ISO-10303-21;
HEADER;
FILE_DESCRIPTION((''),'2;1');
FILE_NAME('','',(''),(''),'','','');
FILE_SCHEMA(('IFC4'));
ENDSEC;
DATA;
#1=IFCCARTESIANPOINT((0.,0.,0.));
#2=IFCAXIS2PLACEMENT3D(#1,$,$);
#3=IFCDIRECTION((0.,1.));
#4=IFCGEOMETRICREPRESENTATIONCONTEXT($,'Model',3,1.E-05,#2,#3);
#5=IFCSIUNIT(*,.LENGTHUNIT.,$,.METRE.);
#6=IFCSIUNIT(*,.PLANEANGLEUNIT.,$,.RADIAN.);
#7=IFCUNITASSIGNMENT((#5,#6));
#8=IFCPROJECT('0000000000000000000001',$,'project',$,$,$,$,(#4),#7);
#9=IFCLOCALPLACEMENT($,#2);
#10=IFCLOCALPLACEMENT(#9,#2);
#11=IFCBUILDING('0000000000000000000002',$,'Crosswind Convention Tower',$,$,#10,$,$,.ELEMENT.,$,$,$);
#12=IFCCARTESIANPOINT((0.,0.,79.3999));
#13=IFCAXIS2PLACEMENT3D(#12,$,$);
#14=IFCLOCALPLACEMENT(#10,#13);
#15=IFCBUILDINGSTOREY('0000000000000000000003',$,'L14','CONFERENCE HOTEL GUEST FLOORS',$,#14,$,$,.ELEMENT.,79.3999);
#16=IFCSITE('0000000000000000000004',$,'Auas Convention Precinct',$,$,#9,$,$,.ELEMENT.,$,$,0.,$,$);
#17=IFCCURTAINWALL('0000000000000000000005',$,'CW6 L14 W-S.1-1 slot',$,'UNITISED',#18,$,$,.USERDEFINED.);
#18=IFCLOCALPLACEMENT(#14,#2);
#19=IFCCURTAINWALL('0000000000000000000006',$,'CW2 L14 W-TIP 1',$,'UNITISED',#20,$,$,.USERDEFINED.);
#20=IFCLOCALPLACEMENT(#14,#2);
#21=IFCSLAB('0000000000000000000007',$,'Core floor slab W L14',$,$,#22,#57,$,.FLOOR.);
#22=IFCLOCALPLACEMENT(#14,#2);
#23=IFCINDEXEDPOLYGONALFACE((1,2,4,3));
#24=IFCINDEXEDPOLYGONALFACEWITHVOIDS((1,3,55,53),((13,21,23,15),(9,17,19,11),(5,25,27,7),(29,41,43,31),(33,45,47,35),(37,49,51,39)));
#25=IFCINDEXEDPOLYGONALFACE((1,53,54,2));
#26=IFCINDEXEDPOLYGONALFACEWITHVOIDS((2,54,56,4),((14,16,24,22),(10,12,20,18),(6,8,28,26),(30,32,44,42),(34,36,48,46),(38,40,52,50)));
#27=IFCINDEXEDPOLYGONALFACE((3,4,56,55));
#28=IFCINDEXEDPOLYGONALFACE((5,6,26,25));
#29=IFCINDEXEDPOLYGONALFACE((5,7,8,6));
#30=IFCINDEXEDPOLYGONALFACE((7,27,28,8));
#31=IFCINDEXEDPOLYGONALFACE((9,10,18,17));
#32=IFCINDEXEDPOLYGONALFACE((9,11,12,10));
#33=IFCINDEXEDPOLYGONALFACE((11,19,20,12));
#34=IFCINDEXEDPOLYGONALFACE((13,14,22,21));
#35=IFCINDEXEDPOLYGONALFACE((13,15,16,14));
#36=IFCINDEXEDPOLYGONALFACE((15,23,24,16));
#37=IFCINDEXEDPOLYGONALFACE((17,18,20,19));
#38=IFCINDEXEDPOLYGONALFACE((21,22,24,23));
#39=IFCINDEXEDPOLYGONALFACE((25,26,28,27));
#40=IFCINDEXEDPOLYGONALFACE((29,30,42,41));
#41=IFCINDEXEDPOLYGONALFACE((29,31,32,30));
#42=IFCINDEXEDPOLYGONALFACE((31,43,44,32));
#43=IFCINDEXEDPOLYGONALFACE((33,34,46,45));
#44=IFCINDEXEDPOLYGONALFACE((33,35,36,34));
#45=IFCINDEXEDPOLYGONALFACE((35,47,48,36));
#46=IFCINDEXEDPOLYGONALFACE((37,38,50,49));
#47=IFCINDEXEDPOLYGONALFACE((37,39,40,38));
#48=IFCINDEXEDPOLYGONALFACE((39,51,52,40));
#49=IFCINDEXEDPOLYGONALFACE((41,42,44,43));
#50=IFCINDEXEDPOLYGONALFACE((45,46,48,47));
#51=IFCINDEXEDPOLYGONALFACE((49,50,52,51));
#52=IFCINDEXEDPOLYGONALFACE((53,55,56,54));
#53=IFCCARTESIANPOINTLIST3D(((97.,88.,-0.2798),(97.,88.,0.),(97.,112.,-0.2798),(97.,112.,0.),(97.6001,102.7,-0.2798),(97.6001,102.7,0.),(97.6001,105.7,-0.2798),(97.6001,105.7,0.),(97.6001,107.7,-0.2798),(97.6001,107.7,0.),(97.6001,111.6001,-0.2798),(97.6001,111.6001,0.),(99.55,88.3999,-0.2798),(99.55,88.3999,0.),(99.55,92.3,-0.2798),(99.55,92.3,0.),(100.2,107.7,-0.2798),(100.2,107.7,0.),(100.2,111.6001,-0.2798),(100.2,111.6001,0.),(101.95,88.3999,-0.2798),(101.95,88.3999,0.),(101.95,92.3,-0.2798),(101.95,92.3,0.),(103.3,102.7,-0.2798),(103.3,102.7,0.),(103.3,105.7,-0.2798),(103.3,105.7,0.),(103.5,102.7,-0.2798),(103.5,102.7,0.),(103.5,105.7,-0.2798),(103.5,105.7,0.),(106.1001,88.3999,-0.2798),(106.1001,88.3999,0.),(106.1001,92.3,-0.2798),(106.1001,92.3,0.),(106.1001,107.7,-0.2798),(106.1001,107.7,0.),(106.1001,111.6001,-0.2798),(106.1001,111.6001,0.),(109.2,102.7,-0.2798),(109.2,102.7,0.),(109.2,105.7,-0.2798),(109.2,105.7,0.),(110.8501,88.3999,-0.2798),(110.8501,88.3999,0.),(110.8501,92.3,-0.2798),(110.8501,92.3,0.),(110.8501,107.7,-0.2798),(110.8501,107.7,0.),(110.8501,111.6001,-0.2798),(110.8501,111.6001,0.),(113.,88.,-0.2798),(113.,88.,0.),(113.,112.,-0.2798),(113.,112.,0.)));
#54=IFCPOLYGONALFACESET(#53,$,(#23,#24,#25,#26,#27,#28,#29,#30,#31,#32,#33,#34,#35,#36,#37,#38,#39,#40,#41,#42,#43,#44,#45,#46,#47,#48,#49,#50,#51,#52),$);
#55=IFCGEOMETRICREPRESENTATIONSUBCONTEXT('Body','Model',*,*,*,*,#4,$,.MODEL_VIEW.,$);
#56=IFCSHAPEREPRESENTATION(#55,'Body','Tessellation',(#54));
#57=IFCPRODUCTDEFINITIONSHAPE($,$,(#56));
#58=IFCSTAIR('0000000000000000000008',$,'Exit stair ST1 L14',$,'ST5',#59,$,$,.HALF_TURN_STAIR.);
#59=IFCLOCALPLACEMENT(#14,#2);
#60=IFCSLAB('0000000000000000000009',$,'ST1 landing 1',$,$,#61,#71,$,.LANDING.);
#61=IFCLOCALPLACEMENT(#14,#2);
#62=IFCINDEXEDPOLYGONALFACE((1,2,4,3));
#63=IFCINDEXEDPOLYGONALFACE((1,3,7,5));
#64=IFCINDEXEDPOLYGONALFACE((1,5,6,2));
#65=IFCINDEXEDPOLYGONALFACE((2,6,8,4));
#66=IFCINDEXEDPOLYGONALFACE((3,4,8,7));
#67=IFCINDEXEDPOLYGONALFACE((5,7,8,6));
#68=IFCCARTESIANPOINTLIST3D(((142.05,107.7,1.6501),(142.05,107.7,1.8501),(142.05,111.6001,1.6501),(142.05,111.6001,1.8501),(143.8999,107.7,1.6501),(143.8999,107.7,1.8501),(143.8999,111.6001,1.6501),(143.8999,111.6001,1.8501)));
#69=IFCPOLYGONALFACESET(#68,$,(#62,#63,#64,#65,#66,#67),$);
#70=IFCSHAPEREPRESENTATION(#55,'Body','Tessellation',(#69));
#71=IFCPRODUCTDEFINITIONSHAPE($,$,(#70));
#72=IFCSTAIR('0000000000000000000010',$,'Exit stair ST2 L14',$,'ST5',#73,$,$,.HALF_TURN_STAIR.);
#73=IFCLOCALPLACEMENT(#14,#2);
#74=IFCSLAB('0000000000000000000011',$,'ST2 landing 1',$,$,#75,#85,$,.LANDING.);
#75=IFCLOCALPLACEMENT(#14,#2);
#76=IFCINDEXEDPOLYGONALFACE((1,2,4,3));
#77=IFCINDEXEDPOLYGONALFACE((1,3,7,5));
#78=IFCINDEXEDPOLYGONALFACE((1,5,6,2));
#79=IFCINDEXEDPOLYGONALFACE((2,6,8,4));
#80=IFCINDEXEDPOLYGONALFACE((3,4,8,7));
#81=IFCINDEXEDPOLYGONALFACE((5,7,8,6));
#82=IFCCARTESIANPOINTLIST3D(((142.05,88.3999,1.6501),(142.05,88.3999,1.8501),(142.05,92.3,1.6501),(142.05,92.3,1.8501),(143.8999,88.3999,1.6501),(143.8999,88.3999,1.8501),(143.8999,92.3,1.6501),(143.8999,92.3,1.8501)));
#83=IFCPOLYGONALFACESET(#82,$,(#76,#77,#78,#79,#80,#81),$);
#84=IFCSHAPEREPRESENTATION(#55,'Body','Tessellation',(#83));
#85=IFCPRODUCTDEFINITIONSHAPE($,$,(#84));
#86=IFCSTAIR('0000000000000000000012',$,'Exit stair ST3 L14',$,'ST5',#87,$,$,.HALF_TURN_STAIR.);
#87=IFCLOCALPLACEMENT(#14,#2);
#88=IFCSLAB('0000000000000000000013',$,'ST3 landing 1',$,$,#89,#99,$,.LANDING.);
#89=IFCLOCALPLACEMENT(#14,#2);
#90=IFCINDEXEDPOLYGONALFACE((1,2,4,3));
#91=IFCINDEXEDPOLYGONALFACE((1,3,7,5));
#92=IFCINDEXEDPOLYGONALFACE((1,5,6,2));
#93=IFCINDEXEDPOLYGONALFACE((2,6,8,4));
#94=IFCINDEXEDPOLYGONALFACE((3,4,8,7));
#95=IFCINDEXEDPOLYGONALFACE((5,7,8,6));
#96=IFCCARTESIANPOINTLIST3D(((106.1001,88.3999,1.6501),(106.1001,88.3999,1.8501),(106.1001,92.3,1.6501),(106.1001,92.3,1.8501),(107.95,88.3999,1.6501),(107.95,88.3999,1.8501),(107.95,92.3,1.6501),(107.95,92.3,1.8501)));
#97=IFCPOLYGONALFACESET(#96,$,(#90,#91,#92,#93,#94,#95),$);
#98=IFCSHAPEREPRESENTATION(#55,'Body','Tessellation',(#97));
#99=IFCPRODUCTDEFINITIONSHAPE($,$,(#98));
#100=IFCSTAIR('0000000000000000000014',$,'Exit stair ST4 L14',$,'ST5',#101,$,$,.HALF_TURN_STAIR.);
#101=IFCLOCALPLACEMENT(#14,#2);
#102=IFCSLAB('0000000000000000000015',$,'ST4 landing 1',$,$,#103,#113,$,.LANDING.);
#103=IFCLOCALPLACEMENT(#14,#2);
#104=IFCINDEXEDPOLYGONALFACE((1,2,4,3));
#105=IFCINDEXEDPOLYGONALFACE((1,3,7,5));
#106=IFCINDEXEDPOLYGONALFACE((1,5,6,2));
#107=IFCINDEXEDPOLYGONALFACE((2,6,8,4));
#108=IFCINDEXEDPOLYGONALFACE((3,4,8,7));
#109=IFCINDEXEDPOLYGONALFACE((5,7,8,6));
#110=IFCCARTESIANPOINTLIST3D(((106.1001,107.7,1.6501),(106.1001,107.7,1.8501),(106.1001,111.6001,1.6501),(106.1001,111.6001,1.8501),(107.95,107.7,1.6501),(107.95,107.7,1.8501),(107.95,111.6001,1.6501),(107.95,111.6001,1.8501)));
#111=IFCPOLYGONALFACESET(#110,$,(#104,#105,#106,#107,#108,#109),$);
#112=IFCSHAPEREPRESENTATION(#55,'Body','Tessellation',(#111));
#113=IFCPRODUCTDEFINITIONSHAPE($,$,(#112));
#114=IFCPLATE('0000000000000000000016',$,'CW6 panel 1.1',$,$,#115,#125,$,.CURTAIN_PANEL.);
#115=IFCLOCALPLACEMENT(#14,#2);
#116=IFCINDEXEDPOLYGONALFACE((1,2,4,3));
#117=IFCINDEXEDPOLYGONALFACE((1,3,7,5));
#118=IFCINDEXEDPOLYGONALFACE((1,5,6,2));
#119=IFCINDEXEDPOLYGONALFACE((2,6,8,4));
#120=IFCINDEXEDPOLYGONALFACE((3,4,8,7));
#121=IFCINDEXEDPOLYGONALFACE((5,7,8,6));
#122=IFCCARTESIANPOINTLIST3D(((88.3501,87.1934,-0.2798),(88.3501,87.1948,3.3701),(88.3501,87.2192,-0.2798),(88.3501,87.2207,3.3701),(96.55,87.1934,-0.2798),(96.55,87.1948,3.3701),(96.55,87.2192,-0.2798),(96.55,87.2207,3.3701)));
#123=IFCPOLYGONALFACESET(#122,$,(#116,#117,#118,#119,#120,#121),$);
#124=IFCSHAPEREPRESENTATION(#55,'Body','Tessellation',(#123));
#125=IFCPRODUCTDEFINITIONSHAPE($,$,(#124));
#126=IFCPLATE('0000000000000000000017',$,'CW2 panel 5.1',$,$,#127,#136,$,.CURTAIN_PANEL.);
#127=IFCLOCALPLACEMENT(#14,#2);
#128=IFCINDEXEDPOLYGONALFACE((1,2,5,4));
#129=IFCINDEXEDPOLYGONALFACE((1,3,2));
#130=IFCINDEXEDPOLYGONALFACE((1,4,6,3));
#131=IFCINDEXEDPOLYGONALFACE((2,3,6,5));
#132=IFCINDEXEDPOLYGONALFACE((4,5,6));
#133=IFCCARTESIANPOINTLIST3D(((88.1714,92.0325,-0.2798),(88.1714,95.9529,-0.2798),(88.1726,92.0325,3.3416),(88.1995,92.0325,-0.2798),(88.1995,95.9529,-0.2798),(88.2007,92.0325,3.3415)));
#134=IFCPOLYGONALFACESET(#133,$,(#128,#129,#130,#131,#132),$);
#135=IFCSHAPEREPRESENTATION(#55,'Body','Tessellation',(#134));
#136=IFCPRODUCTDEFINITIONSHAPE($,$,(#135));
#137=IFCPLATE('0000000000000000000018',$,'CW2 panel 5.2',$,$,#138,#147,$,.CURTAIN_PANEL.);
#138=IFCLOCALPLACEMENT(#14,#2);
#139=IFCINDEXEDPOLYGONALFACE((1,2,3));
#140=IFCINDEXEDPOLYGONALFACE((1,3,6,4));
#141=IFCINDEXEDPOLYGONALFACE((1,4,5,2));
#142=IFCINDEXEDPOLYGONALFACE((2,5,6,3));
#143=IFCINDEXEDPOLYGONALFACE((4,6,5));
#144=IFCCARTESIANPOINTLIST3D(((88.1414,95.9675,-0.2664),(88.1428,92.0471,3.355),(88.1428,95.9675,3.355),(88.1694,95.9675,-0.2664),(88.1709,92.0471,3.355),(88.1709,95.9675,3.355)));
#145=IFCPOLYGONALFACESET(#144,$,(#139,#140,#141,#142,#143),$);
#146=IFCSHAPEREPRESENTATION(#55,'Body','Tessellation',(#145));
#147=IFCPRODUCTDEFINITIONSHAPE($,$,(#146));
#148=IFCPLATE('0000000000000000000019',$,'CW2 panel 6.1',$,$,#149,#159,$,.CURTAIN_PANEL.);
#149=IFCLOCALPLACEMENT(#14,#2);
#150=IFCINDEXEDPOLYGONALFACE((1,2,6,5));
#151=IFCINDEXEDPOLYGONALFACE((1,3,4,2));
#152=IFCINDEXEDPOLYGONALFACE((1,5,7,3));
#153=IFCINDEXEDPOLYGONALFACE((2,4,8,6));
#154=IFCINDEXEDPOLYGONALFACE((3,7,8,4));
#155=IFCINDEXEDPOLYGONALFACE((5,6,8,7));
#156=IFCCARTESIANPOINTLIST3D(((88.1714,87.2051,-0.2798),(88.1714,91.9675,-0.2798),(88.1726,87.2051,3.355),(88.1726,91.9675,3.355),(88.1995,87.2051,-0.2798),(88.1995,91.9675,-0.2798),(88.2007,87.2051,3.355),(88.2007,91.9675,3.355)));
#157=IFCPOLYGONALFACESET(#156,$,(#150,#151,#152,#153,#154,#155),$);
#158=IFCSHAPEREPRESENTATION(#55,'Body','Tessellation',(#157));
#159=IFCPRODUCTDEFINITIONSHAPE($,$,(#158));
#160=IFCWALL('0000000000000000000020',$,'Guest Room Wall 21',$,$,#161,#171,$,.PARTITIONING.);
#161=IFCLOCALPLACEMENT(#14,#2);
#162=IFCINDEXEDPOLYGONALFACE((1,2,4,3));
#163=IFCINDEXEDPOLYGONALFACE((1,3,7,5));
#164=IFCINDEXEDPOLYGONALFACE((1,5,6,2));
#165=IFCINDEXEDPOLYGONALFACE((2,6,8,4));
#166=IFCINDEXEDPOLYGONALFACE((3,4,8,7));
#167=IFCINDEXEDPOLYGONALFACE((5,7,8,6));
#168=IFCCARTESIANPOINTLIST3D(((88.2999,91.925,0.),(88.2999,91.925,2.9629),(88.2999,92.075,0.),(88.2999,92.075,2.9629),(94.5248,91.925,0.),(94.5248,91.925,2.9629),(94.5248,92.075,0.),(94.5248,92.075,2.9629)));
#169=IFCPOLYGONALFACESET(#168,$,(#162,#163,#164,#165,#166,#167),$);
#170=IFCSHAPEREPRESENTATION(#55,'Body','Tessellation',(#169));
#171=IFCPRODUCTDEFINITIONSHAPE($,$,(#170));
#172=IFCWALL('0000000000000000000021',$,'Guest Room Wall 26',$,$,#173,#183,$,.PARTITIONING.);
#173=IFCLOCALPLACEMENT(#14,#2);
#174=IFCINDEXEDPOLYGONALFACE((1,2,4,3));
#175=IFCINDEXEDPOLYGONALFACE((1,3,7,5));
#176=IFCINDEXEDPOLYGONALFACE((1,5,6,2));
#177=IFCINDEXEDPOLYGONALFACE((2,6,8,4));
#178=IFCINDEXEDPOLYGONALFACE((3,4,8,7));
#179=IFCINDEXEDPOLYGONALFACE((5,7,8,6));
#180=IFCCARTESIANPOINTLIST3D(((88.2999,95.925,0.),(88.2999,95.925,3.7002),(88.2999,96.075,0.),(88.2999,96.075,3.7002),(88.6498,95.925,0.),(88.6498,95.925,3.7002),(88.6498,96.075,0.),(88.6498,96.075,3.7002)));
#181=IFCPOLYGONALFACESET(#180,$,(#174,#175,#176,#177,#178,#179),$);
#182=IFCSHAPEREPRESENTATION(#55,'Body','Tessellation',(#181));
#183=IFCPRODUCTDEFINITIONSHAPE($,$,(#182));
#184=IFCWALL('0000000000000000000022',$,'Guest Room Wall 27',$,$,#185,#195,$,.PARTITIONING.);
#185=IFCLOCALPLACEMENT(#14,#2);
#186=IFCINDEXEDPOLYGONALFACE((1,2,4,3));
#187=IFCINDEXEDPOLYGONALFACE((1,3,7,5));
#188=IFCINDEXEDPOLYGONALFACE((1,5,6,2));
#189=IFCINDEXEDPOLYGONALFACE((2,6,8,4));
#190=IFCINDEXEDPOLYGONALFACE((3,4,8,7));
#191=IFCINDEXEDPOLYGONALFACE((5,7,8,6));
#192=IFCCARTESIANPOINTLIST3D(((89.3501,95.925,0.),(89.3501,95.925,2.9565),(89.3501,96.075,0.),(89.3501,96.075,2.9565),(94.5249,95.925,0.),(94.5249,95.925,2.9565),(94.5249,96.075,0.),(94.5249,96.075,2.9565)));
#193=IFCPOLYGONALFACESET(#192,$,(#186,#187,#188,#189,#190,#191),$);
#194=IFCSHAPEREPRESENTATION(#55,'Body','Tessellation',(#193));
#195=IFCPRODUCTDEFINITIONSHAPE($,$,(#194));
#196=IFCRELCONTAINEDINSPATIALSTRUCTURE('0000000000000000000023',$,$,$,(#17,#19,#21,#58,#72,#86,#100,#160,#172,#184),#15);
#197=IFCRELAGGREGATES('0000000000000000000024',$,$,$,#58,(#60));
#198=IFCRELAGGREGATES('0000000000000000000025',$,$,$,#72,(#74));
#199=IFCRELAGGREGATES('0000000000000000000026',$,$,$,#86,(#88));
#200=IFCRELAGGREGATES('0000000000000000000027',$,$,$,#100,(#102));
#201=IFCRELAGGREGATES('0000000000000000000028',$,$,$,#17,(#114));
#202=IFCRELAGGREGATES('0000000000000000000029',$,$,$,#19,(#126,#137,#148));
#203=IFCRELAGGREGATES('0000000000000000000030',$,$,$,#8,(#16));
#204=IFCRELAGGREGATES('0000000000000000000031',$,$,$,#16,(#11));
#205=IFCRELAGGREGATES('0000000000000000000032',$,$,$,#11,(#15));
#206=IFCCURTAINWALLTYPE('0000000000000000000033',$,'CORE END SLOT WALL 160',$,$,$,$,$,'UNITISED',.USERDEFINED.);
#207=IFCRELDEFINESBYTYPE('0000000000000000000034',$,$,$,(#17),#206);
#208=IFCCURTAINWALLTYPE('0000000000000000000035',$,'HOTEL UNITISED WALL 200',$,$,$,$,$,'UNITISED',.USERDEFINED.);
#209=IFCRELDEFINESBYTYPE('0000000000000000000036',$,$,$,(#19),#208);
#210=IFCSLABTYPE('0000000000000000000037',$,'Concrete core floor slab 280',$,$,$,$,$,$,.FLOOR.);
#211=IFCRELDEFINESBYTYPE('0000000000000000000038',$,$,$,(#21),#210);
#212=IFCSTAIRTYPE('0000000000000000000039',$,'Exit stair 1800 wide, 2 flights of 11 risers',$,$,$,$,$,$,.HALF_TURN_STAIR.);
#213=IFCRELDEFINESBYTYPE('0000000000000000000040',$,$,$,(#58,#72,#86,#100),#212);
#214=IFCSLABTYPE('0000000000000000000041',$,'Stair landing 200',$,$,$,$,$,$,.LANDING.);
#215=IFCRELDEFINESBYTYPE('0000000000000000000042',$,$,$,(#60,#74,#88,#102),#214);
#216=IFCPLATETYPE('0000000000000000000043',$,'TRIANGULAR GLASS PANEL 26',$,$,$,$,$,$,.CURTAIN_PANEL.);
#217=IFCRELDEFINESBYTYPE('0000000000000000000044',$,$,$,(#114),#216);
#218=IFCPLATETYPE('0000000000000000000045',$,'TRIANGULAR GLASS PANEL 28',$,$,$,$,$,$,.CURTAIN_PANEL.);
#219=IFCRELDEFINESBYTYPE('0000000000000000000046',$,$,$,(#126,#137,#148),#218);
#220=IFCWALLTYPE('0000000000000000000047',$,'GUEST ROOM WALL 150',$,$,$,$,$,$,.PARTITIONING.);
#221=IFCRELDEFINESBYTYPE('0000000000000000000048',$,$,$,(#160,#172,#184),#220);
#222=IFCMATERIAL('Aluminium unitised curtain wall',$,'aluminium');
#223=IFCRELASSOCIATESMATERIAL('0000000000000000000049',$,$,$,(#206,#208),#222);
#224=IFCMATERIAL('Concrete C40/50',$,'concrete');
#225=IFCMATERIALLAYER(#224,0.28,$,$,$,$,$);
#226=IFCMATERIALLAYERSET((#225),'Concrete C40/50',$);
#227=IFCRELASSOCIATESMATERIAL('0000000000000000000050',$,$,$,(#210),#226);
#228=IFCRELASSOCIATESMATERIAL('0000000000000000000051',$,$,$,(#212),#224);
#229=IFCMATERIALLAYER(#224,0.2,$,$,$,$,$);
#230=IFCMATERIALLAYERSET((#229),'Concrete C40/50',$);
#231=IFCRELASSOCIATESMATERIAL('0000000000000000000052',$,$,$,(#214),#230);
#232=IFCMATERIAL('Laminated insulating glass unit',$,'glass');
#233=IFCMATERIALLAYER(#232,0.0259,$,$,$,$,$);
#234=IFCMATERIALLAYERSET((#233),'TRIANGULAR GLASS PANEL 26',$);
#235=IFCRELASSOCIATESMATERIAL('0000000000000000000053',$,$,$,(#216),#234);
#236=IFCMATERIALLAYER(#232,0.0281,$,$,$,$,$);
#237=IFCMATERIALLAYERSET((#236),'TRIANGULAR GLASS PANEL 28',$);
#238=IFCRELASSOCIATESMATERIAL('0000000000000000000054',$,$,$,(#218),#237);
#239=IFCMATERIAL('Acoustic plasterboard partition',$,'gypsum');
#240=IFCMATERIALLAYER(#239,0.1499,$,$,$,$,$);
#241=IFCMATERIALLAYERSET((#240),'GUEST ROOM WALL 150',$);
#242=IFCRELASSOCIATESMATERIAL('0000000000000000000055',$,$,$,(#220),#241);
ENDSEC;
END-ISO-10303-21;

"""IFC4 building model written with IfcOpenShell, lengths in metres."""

from ifc_helpers import new_model, si_unit, direction, frame, frame_2d, origin, place, context, subcontext, project, spatial, polyline, rectangle, outline, extrude, material, layer, layer_set, type_object, element, aggregate, save


model = new_model("IFC4")

# Units and contexts
model_context = context("Model", 3, precision=1e-05, world=origin(), true_north=direction((0.0, 1.0)))
body_context = subcontext(model_context, "Body", "Model", "MODEL_VIEW")
ifc_project = project(units=[si_unit("LENGTHUNIT", "METRE"), si_unit("PLANEANGLEUNIT", "RADIAN")], contexts=[model_context])

# Site, building, storey
site_placement = place(None, origin())
site = spatial("IfcSite", under=ifc_project, at=site_placement, Name="Auas Convention Precinct", CompositionType="ELEMENT", RefElevation=0.0)
building_placement = place(site_placement, origin())
building = spatial("IfcBuilding", under=site, at=building_placement, Name="Crosswind Convention Tower", CompositionType="ELEMENT")
storey_placement = place(building_placement, frame((0.0, 0.0, 79.3999)))
storey = spatial("IfcBuildingStorey", under=building, at=storey_placement, Name="L14", Description="CONFERENCE HOTEL GUEST FLOORS", CompositionType="ELEMENT", Elevation=79.3999)

# Curtain wall
ifc_material_1 = material(Name="Aluminium unitised curtain wall", Category="aluminium")
curtain_wall_type_1 = type_object("IfcCurtainWallType", Name="CORE END SLOT WALL 160", ElementType="UNITISED", PredefinedType="USERDEFINED", material=ifc_material_1)
curtain_wall_1_placement = place(storey_placement, origin())
curtain_wall_1 = element("IfcCurtainWall", 1, at=curtain_wall_1_placement, inside=storey, type_object=curtain_wall_type_1, Name="CW6 L14 W-S.1-1 slot", ObjectType="UNITISED", PredefinedType="USERDEFINED")

# Curtain wall
curtain_wall_type_2 = type_object("IfcCurtainWallType", Name="HOTEL UNITISED WALL 200", ElementType="UNITISED", PredefinedType="USERDEFINED", material=ifc_material_1)
curtain_wall_2_placement = place(storey_placement, origin())
curtain_wall_2 = element("IfcCurtainWall", 2, at=curtain_wall_2_placement, inside=storey, type_object=curtain_wall_type_2, Name="CW2 L14 W-TIP 1", ObjectType="UNITISED", PredefinedType="USERDEFINED")

# Slab
ifc_material_2 = material(Name="Concrete C40/50", Category="concrete")
ifc_layer_1 = layer(ifc_material_2, 0.28)
ifc_layer_set_1 = layer_set([ifc_layer_1], Name="Concrete C40/50")
slab_type_1 = type_object("IfcSlabType", Name="Concrete core floor slab 280", PredefinedType="FLOOR", material=ifc_layer_set_1)
slab_1_placement = place(storey_placement, frame((0.0, 0.0, -0.2798)))
element("IfcSlab", 3, at=slab_1_placement, inside=storey, type_object=slab_type_1, Name="Core floor slab W L14", PredefinedType="FLOOR", context=body_context, shape_type="SweptSolid", body=[
    extrude(outline(polyline([(97.0, 88.0), (113.0, 88.0), (113.0, 112.0), (97.0, 112.0), (97.0, 88.0)]), holes=[polyline([(109.2, 102.7), (109.2, 105.7), (103.5, 105.7), (103.5, 102.7), (109.2, 102.7)]), polyline([(103.3, 102.7), (103.3, 105.7), (97.6001, 105.7), (97.6001, 102.7), (103.3, 102.7)]), polyline([(101.95, 88.3999), (101.95, 92.3), (99.55, 92.3), (99.55, 88.3999), (101.95, 88.3999)]), polyline([(100.2, 107.7), (100.2, 111.6001), (97.6001, 111.6001), (97.6001, 107.7), (100.2, 107.7)]), polyline([(110.8501, 88.3999), (110.8501, 92.3), (106.1001, 92.3), (106.1001, 88.3999), (110.8501, 88.3999)]), polyline([(110.8501, 107.7), (110.8501, 111.6001), (106.1001, 111.6001), (106.1001, 107.7), (110.8501, 107.7)])]), origin(), (0.0, 0.0, 1.0), 0.2798),
])

# Stairs, slabs
stair_type = type_object("IfcStairType", Name="Exit stair 1800 wide, 2 flights of 11 risers", PredefinedType="HALF_TURN_STAIR", material=ifc_material_2)
stair_1_placement = place(storey_placement, origin())
stair_1 = element("IfcStair", 4, at=stair_1_placement, inside=storey, type_object=stair_type, Name="Exit stair ST1 L14", ObjectType="ST5", PredefinedType="HALF_TURN_STAIR")
ifc_layer_2 = layer(ifc_material_2, 0.2)
ifc_layer_set_2 = layer_set([ifc_layer_2], Name="Concrete C40/50")
slab_type_2 = type_object("IfcSlabType", Name="Stair landing 200", PredefinedType="LANDING", material=ifc_layer_set_2)
slab_2_placement = place(storey_placement, frame((0.0, 0.0, 1.6501)))
slab_2 = element("IfcSlab", 5, at=slab_2_placement, type_object=slab_type_2, Name="ST1 landing 1", PredefinedType="LANDING", context=body_context, shape_type="SweptSolid", body=[
    extrude(outline(polyline([(143.8999, 107.7), (143.8999, 111.6001), (142.05, 111.6001), (142.05, 107.7), (143.8999, 107.7)])), origin(), (0.0, 0.0, 1.0), 0.2),
])
aggregate(stair_1, [slab_2])
stair_2_placement = place(storey_placement, origin())
stair_2 = element("IfcStair", 6, at=stair_2_placement, inside=storey, type_object=stair_type, Name="Exit stair ST2 L14", ObjectType="ST5", PredefinedType="HALF_TURN_STAIR")
slab_3_placement = place(storey_placement, frame((0.0, 0.0, 1.6501)))
slab_3 = element("IfcSlab", 7, at=slab_3_placement, type_object=slab_type_2, Name="ST2 landing 1", PredefinedType="LANDING", context=body_context, shape_type="SweptSolid", body=[
    extrude(outline(polyline([(143.8999, 88.3999), (143.8999, 92.3), (142.05, 92.3), (142.05, 88.3999), (143.8999, 88.3999)])), origin(), (0.0, 0.0, 1.0), 0.2),
])
aggregate(stair_2, [slab_3])
stair_3_placement = place(storey_placement, origin())
stair_3 = element("IfcStair", 8, at=stair_3_placement, inside=storey, type_object=stair_type, Name="Exit stair ST3 L14", ObjectType="ST5", PredefinedType="HALF_TURN_STAIR")
slab_4_placement = place(storey_placement, frame((0.0, 0.0, 1.6501)))
slab_4 = element("IfcSlab", 9, at=slab_4_placement, type_object=slab_type_2, Name="ST3 landing 1", PredefinedType="LANDING", context=body_context, shape_type="SweptSolid", body=[
    extrude(outline(polyline([(107.95, 88.3999), (107.95, 92.3), (106.1001, 92.3), (106.1001, 88.3999), (107.95, 88.3999)])), origin(), (0.0, 0.0, 1.0), 0.2),
])
aggregate(stair_3, [slab_4])
stair_4_placement = place(storey_placement, origin())
stair_4 = element("IfcStair", 10, at=stair_4_placement, inside=storey, type_object=stair_type, Name="Exit stair ST4 L14", ObjectType="ST5", PredefinedType="HALF_TURN_STAIR")
slab_5_placement = place(storey_placement, frame((0.0, 0.0, 1.6501)))
slab_5 = element("IfcSlab", 11, at=slab_5_placement, type_object=slab_type_2, Name="ST4 landing 1", PredefinedType="LANDING", context=body_context, shape_type="SweptSolid", body=[
    extrude(outline(polyline([(107.95, 107.7), (107.95, 111.6001), (106.1001, 111.6001), (106.1001, 107.7), (107.95, 107.7)])), origin(), (0.0, 0.0, 1.0), 0.2),
])
aggregate(stair_4, [slab_5])

# Plates
ifc_material_3 = material(Name="Laminated insulating glass unit", Category="glass")
ifc_layer_3 = layer(ifc_material_3, 0.0259)
ifc_layer_set_3 = layer_set([ifc_layer_3], Name="TRIANGULAR GLASS PANEL 26")
plate_type_1 = type_object("IfcPlateType", Name="TRIANGULAR GLASS PANEL 26", PredefinedType="CURTAIN_PANEL", material=ifc_layer_set_3)
plate_1_placement = place(storey_placement, frame((88.3501, 87.1934, -0.2798), z_axis=(0.0, -1.0, 0.000401), x_axis=(1.0, 0.0, 0.0)))
plate_1 = element("IfcPlate", 12, at=plate_1_placement, type_object=plate_type_1, Name="CW6 panel 1.1", PredefinedType="CURTAIN_PANEL", context=body_context, shape_type="SweptSolid", body=[
    extrude(outline(polyline([(0.0, 0.0), (8.2, 0.0), (8.2, 3.6499), (0.0, 3.6499), (0.0, 0.0)])), origin(), (0.0, 0.0, -1.0), 0.0259),
])
aggregate(curtain_wall_1, [plate_1])
ifc_layer_4 = layer(ifc_material_3, 0.0281)
ifc_layer_set_4 = layer_set([ifc_layer_4], Name="TRIANGULAR GLASS PANEL 28")
plate_type_2 = type_object("IfcPlateType", Name="TRIANGULAR GLASS PANEL 28", PredefinedType="CURTAIN_PANEL", material=ifc_layer_set_4)
plate_2_placement = place(storey_placement, frame((88.1714, 92.0325, -0.2798), z_axis=(-1.0, 0.0, 0.000337), x_axis=(0.000337, 0.0, 1.0)))
plate_2 = element("IfcPlate", 13, at=plate_2_placement, type_object=plate_type_2, Name="CW2 panel 5.1", PredefinedType="CURTAIN_PANEL", context=body_context, shape_type="SweptSolid", body=[
    extrude(outline(polyline([(0.0, 0.0), (3.6213, 0.0), (0.0, 3.9204), (0.0, 0.0)])), origin(), (0.0, 0.0, -1.0), 0.0281),
])
plate_3_placement = place(storey_placement, frame((88.1428, 95.9675, 3.355), z_axis=(-1.0, 0.0, 0.000405), x_axis=(-0.000405, 0.0, -1.0)))
plate_3 = element("IfcPlate", 14, at=plate_3_placement, type_object=plate_type_2, Name="CW2 panel 5.2", PredefinedType="CURTAIN_PANEL", context=body_context, shape_type="SweptSolid", body=[
    extrude(outline(polyline([(0.0, 0.0), (3.6213, 0.0), (0.0, 3.9204), (0.0, 0.0)])), origin(), (0.0, 0.0, -1.0), 0.0281),
])
plate_4_placement = place(storey_placement, frame((88.1714, 91.9675, -0.2798), z_axis=(-1.0, 0.0, 0.000336), x_axis=(0.0, -1.0, 0.0)))
plate_4 = element("IfcPlate", 15, at=plate_4_placement, type_object=plate_type_2, Name="CW2 panel 6.1", PredefinedType="CURTAIN_PANEL", context=body_context, shape_type="SweptSolid", body=[
    extrude(outline(polyline([(0.0, 0.0), (4.7625, 0.0), (4.7625, 3.6348), (0.0, 3.6348), (0.0, 0.0)])), origin(), (0.0, 0.0, -1.0), 0.0281),
])
aggregate(curtain_wall_2, [plate_2, plate_3, plate_4])

# Walls
ifc_material_4 = material(Name="Acoustic plasterboard partition", Category="gypsum")
ifc_layer_5 = layer(ifc_material_4, 0.1499)
ifc_layer_set_5 = layer_set([ifc_layer_5], Name="GUEST ROOM WALL 150")
wall_type = type_object("IfcWallType", Name="GUEST ROOM WALL 150", PredefinedType="PARTITIONING", material=ifc_layer_set_5)
wall_1_placement = place(storey_placement, frame((88.3, 92.0, 0.0), z_axis=(0.0, 0.0, 1.0), x_axis=(1.0, 0.0, 0.0)))
element("IfcWall", 16, at=wall_1_placement, inside=storey, type_object=wall_type, Name="Guest Room Wall 21", PredefinedType="PARTITIONING", context=body_context, shape_type="SweptSolid", body=[
    extrude(rectangle(XDim=6.2249, YDim=0.1499, at=frame_2d((3.1123, 0.0))), origin(), (0.0, 0.0, 1.0), 2.9629),
])
wall_2_placement = place(storey_placement, frame((88.3, 96.0, 0.0), z_axis=(0.0, 0.0, 1.0), x_axis=(1.0, 0.0, 0.0)))
element("IfcWall", 17, at=wall_2_placement, inside=storey, type_object=wall_type, Name="Guest Room Wall 26", PredefinedType="PARTITIONING", context=body_context, shape_type="SweptSolid", body=[
    extrude(rectangle(XDim=0.3499, YDim=0.1499, at=frame_2d((0.1748, 0.0))), origin(), (0.0, 0.0, 1.0), 3.7002),
])
wall_3_placement = place(storey_placement, frame((89.3501, 96.0, 0.0), z_axis=(0.0, 0.0, 1.0), x_axis=(1.0, 0.0, 0.0)))
element("IfcWall", 18, at=wall_3_placement, inside=storey, type_object=wall_type, Name="Guest Room Wall 27", PredefinedType="PARTITIONING", context=body_context, shape_type="SweptSolid", body=[
    extrude(rectangle(XDim=5.1748, YDim=0.1499, at=frame_2d((2.5874, 0.0))), origin(), (0.0, 0.0, 1.0), 2.9565),
])

save(model, "model.ifc")
